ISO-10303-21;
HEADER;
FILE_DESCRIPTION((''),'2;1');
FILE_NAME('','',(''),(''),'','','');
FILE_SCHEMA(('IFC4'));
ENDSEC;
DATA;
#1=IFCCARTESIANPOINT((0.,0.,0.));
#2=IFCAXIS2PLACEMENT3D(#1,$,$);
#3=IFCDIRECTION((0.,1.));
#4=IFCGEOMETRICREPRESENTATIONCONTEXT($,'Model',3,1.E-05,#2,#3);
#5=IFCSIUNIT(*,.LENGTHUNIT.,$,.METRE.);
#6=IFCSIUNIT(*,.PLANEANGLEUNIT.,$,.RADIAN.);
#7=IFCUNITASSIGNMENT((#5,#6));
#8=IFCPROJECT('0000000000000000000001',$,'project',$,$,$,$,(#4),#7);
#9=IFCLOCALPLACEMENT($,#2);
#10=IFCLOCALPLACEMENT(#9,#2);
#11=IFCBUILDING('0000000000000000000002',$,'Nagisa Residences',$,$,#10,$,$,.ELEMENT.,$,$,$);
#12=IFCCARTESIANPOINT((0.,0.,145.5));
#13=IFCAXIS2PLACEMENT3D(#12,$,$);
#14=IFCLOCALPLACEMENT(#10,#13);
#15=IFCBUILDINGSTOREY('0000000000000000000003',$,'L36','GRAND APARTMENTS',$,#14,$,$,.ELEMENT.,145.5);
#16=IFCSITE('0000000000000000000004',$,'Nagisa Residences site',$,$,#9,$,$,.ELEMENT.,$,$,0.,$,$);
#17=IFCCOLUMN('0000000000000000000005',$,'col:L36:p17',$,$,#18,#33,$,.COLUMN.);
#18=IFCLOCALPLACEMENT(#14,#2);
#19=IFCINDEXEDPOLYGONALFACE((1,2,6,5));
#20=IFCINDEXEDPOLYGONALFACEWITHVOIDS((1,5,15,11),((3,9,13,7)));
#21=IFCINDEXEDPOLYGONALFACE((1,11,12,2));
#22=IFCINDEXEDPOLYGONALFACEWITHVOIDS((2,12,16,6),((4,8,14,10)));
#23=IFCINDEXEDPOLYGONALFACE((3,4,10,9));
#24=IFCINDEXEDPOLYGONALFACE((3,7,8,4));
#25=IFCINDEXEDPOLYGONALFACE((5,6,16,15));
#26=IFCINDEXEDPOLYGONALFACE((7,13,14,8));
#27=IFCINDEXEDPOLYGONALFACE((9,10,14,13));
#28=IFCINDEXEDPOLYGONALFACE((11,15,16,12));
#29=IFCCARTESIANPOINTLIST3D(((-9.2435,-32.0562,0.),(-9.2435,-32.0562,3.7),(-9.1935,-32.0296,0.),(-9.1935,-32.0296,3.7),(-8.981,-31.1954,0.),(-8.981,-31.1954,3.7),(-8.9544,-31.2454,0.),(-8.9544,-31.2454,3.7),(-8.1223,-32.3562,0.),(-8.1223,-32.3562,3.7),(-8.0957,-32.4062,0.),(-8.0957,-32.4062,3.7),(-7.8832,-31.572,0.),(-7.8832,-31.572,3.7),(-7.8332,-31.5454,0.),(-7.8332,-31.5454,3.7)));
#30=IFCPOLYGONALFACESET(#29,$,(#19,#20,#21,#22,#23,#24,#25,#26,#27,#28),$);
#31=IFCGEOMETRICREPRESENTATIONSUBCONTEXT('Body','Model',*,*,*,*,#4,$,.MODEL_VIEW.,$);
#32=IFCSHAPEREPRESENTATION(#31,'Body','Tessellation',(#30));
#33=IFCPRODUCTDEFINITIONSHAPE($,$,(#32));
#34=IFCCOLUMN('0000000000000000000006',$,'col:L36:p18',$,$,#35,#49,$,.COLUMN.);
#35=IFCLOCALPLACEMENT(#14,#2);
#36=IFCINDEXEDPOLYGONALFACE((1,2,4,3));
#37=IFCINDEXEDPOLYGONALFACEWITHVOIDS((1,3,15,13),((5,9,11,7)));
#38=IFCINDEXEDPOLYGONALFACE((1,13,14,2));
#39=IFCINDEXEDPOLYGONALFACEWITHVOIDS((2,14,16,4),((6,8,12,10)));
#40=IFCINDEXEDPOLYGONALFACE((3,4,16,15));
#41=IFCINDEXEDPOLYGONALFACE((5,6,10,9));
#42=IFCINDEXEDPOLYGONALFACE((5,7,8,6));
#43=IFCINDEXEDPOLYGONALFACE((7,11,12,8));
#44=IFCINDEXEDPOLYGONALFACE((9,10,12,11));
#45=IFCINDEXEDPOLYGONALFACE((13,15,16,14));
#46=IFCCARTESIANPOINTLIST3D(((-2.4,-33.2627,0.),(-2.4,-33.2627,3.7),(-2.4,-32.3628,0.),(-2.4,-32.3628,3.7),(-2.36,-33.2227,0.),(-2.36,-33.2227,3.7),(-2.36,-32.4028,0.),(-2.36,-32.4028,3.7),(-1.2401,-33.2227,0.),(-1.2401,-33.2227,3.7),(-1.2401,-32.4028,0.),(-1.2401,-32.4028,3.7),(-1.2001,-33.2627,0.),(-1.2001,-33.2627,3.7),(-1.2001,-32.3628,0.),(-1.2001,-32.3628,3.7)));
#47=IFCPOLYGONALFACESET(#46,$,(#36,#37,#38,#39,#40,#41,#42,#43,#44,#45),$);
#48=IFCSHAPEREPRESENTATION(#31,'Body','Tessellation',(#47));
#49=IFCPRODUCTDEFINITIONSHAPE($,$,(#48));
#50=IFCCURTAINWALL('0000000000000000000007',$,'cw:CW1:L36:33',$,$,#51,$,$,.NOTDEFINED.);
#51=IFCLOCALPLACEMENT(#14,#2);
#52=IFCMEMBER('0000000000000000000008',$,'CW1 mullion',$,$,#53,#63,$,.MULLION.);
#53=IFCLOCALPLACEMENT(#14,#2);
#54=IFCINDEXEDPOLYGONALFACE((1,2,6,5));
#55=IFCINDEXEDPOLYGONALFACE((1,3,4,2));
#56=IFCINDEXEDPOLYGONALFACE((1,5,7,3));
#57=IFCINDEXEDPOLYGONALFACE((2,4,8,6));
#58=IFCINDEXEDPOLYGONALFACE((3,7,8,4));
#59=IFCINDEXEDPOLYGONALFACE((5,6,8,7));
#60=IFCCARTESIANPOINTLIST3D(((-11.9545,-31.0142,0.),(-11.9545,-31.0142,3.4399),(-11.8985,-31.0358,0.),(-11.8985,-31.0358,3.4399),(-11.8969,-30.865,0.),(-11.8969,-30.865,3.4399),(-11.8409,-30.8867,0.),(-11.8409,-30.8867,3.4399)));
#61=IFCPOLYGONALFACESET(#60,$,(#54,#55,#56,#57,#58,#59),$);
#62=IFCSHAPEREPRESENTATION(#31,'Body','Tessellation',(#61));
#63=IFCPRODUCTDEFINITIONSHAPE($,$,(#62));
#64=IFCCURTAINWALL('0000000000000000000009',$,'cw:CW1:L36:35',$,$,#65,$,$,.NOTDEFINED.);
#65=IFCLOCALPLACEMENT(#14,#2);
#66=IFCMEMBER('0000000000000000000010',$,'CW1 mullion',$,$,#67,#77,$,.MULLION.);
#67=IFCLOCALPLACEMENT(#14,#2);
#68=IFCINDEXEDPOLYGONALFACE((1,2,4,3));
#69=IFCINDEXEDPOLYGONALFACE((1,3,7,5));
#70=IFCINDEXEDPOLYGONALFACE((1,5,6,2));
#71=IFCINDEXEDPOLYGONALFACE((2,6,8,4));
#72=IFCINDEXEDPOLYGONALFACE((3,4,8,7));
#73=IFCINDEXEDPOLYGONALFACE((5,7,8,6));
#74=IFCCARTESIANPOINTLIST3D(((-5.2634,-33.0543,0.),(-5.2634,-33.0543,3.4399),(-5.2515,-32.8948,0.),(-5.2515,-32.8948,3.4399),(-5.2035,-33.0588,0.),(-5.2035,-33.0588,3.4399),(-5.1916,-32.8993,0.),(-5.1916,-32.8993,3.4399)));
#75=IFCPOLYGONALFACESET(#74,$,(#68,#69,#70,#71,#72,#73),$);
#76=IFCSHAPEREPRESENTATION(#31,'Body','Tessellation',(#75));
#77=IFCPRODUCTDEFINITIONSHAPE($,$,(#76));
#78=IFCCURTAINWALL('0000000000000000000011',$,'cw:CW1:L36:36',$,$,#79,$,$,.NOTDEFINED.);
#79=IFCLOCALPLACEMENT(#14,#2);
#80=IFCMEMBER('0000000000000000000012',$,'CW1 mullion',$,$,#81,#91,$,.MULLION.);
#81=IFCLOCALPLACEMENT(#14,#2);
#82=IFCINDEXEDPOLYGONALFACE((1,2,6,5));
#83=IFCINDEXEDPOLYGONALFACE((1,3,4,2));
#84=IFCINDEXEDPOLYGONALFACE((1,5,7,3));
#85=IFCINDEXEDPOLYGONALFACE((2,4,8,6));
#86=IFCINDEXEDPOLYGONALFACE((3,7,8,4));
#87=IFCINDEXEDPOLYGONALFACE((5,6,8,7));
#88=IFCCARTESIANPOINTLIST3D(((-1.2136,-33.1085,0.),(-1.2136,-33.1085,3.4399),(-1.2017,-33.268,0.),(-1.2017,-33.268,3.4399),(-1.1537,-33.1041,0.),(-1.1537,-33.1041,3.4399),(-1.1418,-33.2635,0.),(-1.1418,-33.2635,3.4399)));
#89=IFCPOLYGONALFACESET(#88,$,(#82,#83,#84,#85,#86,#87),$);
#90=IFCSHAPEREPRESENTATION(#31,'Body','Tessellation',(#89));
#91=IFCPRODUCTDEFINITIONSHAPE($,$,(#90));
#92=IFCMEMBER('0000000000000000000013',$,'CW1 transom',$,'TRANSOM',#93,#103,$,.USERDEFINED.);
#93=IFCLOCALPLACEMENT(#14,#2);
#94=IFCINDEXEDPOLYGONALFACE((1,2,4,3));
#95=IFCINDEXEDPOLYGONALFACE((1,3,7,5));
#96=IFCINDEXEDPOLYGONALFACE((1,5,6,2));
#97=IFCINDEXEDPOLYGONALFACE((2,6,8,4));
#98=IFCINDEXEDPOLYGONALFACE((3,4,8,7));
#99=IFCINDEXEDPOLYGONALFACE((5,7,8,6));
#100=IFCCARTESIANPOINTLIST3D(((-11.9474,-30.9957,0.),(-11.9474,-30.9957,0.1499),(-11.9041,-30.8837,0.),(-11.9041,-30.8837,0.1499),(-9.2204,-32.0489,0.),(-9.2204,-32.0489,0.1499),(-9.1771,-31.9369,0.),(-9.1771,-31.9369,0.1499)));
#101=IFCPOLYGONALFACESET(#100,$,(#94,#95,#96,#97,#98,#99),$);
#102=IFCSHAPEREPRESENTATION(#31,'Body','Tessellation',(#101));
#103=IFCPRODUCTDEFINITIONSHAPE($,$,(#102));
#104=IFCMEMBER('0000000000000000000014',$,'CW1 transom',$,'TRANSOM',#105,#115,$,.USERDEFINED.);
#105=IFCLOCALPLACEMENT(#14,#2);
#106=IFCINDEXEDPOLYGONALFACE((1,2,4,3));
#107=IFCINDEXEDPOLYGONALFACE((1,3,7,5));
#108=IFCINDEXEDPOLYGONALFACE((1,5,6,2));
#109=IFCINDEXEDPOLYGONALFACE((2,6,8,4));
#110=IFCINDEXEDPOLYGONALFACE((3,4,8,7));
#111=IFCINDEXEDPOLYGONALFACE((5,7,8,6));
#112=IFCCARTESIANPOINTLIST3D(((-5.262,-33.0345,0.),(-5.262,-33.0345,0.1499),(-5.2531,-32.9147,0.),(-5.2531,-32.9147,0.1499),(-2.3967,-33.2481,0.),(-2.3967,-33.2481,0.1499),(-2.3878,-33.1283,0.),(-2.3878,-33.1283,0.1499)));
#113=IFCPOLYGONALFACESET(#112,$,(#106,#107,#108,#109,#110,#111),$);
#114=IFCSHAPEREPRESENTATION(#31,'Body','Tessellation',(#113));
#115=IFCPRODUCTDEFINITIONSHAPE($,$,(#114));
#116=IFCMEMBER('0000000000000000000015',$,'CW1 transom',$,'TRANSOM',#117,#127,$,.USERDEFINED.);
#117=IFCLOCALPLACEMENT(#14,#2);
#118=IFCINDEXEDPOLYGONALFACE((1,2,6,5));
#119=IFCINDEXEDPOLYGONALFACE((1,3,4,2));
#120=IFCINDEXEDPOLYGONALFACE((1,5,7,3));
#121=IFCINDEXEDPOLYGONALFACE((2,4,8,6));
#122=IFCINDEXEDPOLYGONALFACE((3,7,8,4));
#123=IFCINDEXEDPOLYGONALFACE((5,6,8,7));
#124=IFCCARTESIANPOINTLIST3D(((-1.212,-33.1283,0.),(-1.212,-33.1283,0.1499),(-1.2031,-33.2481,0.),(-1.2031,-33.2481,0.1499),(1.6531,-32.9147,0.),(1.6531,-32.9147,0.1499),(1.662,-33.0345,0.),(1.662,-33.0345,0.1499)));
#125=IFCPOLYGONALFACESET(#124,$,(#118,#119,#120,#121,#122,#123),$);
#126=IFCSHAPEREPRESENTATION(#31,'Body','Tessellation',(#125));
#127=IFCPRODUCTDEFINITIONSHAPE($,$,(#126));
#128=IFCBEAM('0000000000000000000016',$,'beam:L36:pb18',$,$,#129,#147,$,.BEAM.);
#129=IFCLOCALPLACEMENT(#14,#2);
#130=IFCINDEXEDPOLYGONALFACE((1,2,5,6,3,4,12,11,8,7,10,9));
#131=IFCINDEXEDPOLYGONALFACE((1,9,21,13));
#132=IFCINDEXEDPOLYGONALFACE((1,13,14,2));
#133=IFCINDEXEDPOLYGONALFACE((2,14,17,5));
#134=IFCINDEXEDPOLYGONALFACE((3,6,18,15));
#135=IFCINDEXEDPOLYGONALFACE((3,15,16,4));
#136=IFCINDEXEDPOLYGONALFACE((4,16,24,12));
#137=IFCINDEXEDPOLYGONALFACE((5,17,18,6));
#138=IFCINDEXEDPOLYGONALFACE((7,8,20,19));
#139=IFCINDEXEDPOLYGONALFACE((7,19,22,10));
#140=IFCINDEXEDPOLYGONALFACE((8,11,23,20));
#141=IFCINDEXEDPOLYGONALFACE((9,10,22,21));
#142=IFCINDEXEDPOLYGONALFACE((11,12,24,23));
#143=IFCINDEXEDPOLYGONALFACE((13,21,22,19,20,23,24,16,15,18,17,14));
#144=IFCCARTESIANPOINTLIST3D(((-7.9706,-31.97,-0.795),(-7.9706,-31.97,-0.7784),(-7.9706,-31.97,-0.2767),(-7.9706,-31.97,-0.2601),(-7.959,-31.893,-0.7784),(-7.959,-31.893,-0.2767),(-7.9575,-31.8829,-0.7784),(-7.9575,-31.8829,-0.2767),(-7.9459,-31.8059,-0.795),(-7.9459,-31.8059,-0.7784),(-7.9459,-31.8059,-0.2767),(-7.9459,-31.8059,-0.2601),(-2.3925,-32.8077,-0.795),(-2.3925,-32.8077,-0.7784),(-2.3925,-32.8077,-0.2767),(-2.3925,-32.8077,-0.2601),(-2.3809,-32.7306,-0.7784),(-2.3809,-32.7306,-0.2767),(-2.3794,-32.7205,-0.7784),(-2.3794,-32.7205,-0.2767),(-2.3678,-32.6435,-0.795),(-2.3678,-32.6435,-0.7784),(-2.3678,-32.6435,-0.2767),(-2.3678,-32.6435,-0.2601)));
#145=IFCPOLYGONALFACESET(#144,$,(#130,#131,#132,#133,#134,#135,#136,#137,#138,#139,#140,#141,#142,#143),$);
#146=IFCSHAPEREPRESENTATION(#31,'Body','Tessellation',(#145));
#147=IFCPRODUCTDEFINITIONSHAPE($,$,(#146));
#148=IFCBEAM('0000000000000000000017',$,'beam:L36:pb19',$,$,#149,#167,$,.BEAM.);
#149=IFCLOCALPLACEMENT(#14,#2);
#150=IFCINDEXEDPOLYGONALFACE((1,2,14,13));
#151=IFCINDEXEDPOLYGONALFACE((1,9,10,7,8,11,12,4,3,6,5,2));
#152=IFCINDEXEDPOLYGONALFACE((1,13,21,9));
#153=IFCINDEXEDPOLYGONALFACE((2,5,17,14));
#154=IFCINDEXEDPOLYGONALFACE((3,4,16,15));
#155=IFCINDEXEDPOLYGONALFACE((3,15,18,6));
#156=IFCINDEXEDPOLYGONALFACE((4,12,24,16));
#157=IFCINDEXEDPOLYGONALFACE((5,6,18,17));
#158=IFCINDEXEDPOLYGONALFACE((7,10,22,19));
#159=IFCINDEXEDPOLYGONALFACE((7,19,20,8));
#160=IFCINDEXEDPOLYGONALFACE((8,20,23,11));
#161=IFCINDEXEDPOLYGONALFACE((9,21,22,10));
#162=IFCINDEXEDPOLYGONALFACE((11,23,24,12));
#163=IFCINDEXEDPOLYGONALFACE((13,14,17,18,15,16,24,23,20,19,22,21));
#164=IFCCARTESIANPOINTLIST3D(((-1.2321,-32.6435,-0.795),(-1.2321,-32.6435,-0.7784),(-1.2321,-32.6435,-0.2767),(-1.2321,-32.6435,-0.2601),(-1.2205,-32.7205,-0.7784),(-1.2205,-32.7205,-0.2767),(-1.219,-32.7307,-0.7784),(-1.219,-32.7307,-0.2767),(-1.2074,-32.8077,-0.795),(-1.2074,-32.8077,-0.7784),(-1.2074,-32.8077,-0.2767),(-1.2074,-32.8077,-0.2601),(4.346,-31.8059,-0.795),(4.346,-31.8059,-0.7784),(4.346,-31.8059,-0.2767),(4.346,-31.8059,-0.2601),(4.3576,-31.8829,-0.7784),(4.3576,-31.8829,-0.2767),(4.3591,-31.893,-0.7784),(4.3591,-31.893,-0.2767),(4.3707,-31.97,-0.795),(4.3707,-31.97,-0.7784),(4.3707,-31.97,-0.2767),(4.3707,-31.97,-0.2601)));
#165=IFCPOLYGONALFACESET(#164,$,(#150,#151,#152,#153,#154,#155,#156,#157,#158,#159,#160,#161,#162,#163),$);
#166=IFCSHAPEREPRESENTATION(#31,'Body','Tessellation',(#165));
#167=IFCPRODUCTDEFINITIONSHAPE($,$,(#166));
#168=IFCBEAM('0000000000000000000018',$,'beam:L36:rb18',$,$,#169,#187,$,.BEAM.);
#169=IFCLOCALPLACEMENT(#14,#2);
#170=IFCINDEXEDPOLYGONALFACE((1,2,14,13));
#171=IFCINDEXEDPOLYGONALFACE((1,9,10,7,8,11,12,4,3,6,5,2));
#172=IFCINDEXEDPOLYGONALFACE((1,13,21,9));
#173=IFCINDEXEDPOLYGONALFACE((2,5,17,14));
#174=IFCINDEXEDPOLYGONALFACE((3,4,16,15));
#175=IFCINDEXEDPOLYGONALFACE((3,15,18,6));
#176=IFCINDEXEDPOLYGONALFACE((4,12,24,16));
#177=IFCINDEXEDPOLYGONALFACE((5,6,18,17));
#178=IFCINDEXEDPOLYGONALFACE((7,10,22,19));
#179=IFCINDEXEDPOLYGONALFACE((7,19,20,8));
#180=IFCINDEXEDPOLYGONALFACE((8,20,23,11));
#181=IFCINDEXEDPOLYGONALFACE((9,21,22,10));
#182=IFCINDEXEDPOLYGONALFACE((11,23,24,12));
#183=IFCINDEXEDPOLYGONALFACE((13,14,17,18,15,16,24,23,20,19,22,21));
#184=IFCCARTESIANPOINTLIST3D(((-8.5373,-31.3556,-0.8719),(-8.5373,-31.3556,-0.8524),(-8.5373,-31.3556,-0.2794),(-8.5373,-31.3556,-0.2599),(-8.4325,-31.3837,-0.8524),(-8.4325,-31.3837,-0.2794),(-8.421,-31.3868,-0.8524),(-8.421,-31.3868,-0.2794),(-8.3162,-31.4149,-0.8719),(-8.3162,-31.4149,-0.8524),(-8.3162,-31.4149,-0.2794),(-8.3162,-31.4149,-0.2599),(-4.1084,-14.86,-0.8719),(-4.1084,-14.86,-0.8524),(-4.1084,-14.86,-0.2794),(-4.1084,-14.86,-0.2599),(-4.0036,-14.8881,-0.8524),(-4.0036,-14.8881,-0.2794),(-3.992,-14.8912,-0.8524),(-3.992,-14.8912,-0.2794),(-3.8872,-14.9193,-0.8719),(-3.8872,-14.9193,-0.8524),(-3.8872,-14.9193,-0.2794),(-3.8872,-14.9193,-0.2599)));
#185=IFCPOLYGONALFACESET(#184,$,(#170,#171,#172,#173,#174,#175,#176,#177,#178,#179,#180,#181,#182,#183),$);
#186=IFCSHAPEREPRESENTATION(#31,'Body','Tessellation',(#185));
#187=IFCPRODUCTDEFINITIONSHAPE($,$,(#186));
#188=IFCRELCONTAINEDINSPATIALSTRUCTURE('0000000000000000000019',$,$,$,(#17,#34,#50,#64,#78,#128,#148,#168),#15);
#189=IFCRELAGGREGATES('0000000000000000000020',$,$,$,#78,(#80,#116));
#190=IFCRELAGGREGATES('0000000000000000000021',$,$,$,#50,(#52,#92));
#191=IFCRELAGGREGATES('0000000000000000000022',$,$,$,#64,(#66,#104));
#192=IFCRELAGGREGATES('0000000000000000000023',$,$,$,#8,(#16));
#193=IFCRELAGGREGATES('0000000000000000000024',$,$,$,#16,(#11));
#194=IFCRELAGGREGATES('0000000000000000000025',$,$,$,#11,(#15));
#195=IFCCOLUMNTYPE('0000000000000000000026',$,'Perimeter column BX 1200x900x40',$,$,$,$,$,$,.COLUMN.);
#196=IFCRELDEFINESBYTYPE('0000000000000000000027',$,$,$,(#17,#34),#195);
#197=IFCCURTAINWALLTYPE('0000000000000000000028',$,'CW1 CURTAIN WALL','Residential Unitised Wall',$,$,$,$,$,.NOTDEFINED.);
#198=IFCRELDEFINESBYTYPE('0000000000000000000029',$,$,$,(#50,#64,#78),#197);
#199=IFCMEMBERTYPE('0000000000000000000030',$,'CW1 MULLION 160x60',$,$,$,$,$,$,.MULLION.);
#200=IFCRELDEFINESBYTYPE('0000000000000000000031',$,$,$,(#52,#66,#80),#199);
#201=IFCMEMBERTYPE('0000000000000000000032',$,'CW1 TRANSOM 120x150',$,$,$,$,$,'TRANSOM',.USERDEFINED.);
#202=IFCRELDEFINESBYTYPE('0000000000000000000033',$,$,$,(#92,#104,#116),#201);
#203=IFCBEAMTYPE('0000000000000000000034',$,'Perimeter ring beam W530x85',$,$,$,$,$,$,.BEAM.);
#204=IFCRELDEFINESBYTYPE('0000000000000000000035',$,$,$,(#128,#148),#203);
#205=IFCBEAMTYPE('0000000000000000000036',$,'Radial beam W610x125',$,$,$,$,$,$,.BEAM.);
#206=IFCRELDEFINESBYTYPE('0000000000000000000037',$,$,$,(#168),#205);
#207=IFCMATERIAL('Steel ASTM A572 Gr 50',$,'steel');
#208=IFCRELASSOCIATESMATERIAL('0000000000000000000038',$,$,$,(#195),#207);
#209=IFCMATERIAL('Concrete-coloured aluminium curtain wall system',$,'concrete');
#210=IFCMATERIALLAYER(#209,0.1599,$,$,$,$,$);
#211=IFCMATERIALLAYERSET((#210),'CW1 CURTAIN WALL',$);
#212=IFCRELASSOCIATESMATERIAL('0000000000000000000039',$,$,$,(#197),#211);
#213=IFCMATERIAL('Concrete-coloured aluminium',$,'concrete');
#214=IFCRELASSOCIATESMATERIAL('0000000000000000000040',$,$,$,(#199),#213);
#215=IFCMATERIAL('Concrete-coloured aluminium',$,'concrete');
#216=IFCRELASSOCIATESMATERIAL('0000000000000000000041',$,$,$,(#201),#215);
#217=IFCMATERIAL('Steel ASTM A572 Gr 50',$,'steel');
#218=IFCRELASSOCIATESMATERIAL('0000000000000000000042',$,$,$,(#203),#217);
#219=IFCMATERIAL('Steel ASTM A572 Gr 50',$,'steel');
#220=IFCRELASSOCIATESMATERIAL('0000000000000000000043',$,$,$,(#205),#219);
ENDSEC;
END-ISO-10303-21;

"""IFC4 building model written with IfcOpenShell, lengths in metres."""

from ifc_helpers import new_model, si_unit, direction, frame, origin, origin_2d, place, context, subcontext, project, spatial, rectangle, hollow_rectangle, i_section, extrude, material, layer, layer_set, material_profile, profile_set, type_object, element, aggregate, save


model = new_model("IFC4")

# Units and contexts
model_context = context("Model", 3, precision=1e-05, world=origin(), true_north=direction((0.0, 1.0)))
body_context = subcontext(model_context, "Body", "Model", "MODEL_VIEW")
ifc_project = project(units=[si_unit("LENGTHUNIT", "METRE"), si_unit("PLANEANGLEUNIT", "RADIAN")], contexts=[model_context])

# Site, building, storey
site_placement = place(None, origin())
site = spatial("IfcSite", under=ifc_project, at=site_placement, Name="Nagisa Residences site", CompositionType="ELEMENT", RefElevation=0.0)
building_placement = place(site_placement, origin())
building = spatial("IfcBuilding", under=site, at=building_placement, Name="Nagisa Residences", CompositionType="ELEMENT")
storey_placement = place(building_placement, frame((0.0, 0.0, 145.5)))
storey = spatial("IfcBuildingStorey", under=building, at=storey_placement, Name="L36", Description="GRAND APARTMENTS", CompositionType="ELEMENT", Elevation=145.5)

# Columns
ifc_material_1 = material(Name="Steel ASTM A572 Gr 50", Category="steel")
ifc_material_profile_1 = material_profile(ifc_material_1, hollow_rectangle(XDim=1.2, YDim=0.8999, WallThickness=0.04, at=origin_2d()), Name="BX 1200x900x40")
ifc_profile_set_1 = profile_set([ifc_material_profile_1], Name="Steel ASTM A572 Gr 50")
column_type = type_object("IfcColumnType", Name="Perimeter column BX 1200x900x40", PredefinedType="COLUMN", material=ifc_profile_set_1)
for number, where, z_axis, x_axis, name in (
    (1, (-8.5383, -31.8008, 0.0), (0.0, 0.0, 1.0), (0.956525, -0.291652, 0.0), "col:L36:p17"),
    (2, (-1.8, -32.8127, 0.0), (0.0, 0.0, 1.0), (1.0, 0.0, 0.0), "col:L36:p18"),
):
    element("IfcColumn", number, at=place(storey_placement, frame(where, z_axis=z_axis, x_axis=x_axis)), inside=storey, type_object=column_type, Name=name, PredefinedType="COLUMN", context=body_context, shape_type="SweptSolid", body=[
        extrude(hollow_rectangle(XDim=1.2, YDim=0.8999, WallThickness=0.04, at=origin_2d()), origin(), (0.0, 0.0, 1.0), 3.7),
    ])

# Curtain walls, members
ifc_material_2 = material(Name="Concrete-coloured aluminium curtain wall system", Category="concrete")
ifc_layer_1 = layer(ifc_material_2, 0.1599)
ifc_layer_set_1 = layer_set([ifc_layer_1], Name="CW1 CURTAIN WALL")
curtain_wall_type = type_object("IfcCurtainWallType", Name="CW1 CURTAIN WALL", Description="Residential Unitised Wall", PredefinedType="NOTDEFINED", material=ifc_layer_set_1)
curtain_wall_1_placement = place(storey_placement, origin())
curtain_wall_1 = element("IfcCurtainWall", 3, at=curtain_wall_1_placement, inside=storey, type_object=curtain_wall_type, Name="cw:CW1:L36:33", PredefinedType="NOTDEFINED")
ifc_material_3 = material(Name="Concrete-coloured aluminium", Category="concrete")
ifc_material_profile_2 = material_profile(ifc_material_3, rectangle(XDim=0.1599, YDim=0.0601, at=origin_2d()), Name="CW1 MULLION 160x60")
ifc_profile_set_2 = profile_set([ifc_material_profile_2], Name="Concrete-coloured aluminium")
member_type_1 = type_object("IfcMemberType", Name="CW1 MULLION 160x60", PredefinedType="MULLION", material=ifc_profile_set_2)
member_1_placement = place(storey_placement, frame((-11.8977, -30.9504, 0.0), z_axis=(0.0, 0.0, 1.0), x_axis=(0.360328, 0.932826, 0.0)))
member_1 = element("IfcMember", 4, at=member_1_placement, type_object=member_type_1, Name="CW1 mullion", PredefinedType="MULLION", context=body_context, shape_type="SweptSolid", body=[
    extrude(rectangle(XDim=0.1599, YDim=0.0601, at=origin_2d()), origin(), (0.0, 0.0, 1.0), 3.4399),
])
curtain_wall_2_placement = place(storey_placement, origin())
curtain_wall_2 = element("IfcCurtainWall", 5, at=curtain_wall_2_placement, inside=storey, type_object=curtain_wall_type, Name="cw:CW1:L36:35", PredefinedType="NOTDEFINED")
member_2_placement = place(storey_placement, frame((-5.2275, -32.9768, 0.0), z_axis=(0.0, 0.0, 1.0), x_axis=(0.074377, 0.99723, 0.0)))
member_2 = element("IfcMember", 6, at=member_2_placement, type_object=member_type_1, Name="CW1 mullion", PredefinedType="MULLION", context=body_context, shape_type="SweptSolid", body=[
    extrude(rectangle(XDim=0.1599, YDim=0.0601, at=origin_2d()), origin(), (0.0, 0.0, 1.0), 3.4399),
])
curtain_wall_3_placement = place(storey_placement, origin())
curtain_wall_3 = element("IfcCurtainWall", 7, at=curtain_wall_3_placement, inside=storey, type_object=curtain_wall_type, Name="cw:CW1:L36:36", PredefinedType="NOTDEFINED")
member_3_placement = place(storey_placement, frame((-1.1777, -33.186, 0.0), z_axis=(0.0, 0.0, 1.0), x_axis=(-0.074377, 0.99723, 0.0)))
member_3 = element("IfcMember", 8, at=member_3_placement, type_object=member_type_1, Name="CW1 mullion", PredefinedType="MULLION", context=body_context, shape_type="SweptSolid", body=[
    extrude(rectangle(XDim=0.1599, YDim=0.0601, at=origin_2d()), origin(), (0.0, 0.0, 1.0), 3.4399),
])

# Members
ifc_material_4 = material(Name="Concrete-coloured aluminium", Category="concrete")
ifc_material_profile_3 = material_profile(ifc_material_4, rectangle(XDim=0.1201, YDim=0.1499, at=origin_2d()), Name="CW1 TRANSOM 120x150")
ifc_profile_set_3 = profile_set([ifc_material_profile_3], Name="Concrete-coloured aluminium")
member_type_2 = type_object("IfcMemberType", Name="CW1 TRANSOM 120x150", ElementType="TRANSOM", PredefinedType="USERDEFINED", material=ifc_profile_set_3)
member_4_placement = place(storey_placement, frame((-11.9258, -30.9397, 0.075), z_axis=(0.932845, -0.360277, 0.0), x_axis=(0.360277, 0.932845, 0.0)))
member_4 = element("IfcMember", 9, at=member_4_placement, type_object=member_type_2, Name="CW1 transom", ObjectType="TRANSOM", PredefinedType="USERDEFINED", context=body_context, shape_type="SweptSolid", body=[
    extrude(rectangle(XDim=0.1201, YDim=0.1499, at=origin_2d()), origin(), (0.0, 0.0, 1.0), 2.9233),
])
member_5_placement = place(storey_placement, frame((-5.2576, -32.9746, 0.075), z_axis=(0.997232, -0.074351, 0.0), x_axis=(0.074351, 0.997232, 0.0)))
member_5 = element("IfcMember", 10, at=member_5_placement, type_object=member_type_2, Name="CW1 transom", ObjectType="TRANSOM", PredefinedType="USERDEFINED", context=body_context, shape_type="SweptSolid", body=[
    extrude(rectangle(XDim=0.1201, YDim=0.1499, at=origin_2d()), origin(), (0.0, 0.0, 1.0), 2.8733),
])
member_6_placement = place(storey_placement, frame((-1.2075, -33.1882, 0.075), z_axis=(0.997232, 0.074357, 0.0), x_axis=(-0.074357, 0.997232, 0.0)))
member_6 = element("IfcMember", 11, at=member_6_placement, type_object=member_type_2, Name="CW1 transom", ObjectType="TRANSOM", PredefinedType="USERDEFINED", context=body_context, shape_type="SweptSolid", body=[
    extrude(rectangle(XDim=0.1201, YDim=0.1499, at=origin_2d()), origin(), (0.0, 0.0, 1.0), 2.873),
])
aggregate(curtain_wall_3, [member_3, member_6])

# Beams
ifc_material_5 = material(Name="Steel ASTM A572 Gr 50", Category="steel")
ifc_material_profile_4 = material_profile(ifc_material_5, i_section(OverallWidth=0.166, OverallDepth=0.5349, WebThickness=0.0103, FlangeThickness=0.0166, at=origin_2d()), Name="W530x85")
ifc_profile_set_4 = profile_set([ifc_material_profile_4], Name="Steel ASTM A572 Gr 50")
beam_type_1 = type_object("IfcBeamType", Name="Perimeter ring beam W530x85", PredefinedType="BEAM", material=ifc_profile_set_4)
for number, where, z_axis, x_axis, name in (
    (12, (-7.9583, -31.8879, -0.5276), (0.988912, -0.148501, 0.0), (0.148501, 0.988912, 0.0), "beam:L36:pb18"),
    (13, (-1.2197, -32.7256, -0.5276), (0.988912, 0.148501, 0.0), (-0.148501, 0.988912, 0.0), "beam:L36:pb19"),
):
    element("IfcBeam", number, at=place(storey_placement, frame(where, z_axis=z_axis, x_axis=x_axis)), inside=storey, type_object=beam_type_1, Name=name, PredefinedType="BEAM", context=body_context, shape_type="SweptSolid", body=[
        extrude(i_section(OverallWidth=0.166, OverallDepth=0.5349, WebThickness=0.0103, FlangeThickness=0.0166, at=origin_2d()), origin(), (0.0, 0.0, 1.0), 5.6406),
    ])
ifc_material_6 = material(Name="Steel ASTM A572 Gr 50", Category="steel")
ifc_material_profile_5 = material_profile(ifc_material_6, i_section(OverallWidth=0.229, OverallDepth=0.6121, WebThickness=0.012, FlangeThickness=0.0195, at=origin_2d()), Name="W610x125")
ifc_profile_set_5 = profile_set([ifc_material_profile_5], Name="Steel ASTM A572 Gr 50")
beam_type_2 = type_object("IfcBeamType", Name="Radial beam W610x125", PredefinedType="BEAM", material=ifc_profile_set_5)
beam_1_placement = place(storey_placement, frame((-8.4268, -31.3853, -0.5659), z_axis=(0.259309, 0.965794, 0.0), x_axis=(-0.965794, 0.259309, 0.0)))
element("IfcBeam", 14, at=beam_1_placement, inside=storey, type_object=beam_type_2, Name="beam:L36:rb18", PredefinedType="BEAM", context=body_context, shape_type="SweptSolid", body=[
    extrude(i_section(OverallWidth=0.229, OverallDepth=0.6121, WebThickness=0.012, FlangeThickness=0.0195, at=origin_2d()), origin(), (0.0, 0.0, 1.0), 17.0798),
])

aggregate(curtain_wall_1, [member_1, member_4])
aggregate(curtain_wall_2, [member_2, member_5])

save(model, "model.ifc")
